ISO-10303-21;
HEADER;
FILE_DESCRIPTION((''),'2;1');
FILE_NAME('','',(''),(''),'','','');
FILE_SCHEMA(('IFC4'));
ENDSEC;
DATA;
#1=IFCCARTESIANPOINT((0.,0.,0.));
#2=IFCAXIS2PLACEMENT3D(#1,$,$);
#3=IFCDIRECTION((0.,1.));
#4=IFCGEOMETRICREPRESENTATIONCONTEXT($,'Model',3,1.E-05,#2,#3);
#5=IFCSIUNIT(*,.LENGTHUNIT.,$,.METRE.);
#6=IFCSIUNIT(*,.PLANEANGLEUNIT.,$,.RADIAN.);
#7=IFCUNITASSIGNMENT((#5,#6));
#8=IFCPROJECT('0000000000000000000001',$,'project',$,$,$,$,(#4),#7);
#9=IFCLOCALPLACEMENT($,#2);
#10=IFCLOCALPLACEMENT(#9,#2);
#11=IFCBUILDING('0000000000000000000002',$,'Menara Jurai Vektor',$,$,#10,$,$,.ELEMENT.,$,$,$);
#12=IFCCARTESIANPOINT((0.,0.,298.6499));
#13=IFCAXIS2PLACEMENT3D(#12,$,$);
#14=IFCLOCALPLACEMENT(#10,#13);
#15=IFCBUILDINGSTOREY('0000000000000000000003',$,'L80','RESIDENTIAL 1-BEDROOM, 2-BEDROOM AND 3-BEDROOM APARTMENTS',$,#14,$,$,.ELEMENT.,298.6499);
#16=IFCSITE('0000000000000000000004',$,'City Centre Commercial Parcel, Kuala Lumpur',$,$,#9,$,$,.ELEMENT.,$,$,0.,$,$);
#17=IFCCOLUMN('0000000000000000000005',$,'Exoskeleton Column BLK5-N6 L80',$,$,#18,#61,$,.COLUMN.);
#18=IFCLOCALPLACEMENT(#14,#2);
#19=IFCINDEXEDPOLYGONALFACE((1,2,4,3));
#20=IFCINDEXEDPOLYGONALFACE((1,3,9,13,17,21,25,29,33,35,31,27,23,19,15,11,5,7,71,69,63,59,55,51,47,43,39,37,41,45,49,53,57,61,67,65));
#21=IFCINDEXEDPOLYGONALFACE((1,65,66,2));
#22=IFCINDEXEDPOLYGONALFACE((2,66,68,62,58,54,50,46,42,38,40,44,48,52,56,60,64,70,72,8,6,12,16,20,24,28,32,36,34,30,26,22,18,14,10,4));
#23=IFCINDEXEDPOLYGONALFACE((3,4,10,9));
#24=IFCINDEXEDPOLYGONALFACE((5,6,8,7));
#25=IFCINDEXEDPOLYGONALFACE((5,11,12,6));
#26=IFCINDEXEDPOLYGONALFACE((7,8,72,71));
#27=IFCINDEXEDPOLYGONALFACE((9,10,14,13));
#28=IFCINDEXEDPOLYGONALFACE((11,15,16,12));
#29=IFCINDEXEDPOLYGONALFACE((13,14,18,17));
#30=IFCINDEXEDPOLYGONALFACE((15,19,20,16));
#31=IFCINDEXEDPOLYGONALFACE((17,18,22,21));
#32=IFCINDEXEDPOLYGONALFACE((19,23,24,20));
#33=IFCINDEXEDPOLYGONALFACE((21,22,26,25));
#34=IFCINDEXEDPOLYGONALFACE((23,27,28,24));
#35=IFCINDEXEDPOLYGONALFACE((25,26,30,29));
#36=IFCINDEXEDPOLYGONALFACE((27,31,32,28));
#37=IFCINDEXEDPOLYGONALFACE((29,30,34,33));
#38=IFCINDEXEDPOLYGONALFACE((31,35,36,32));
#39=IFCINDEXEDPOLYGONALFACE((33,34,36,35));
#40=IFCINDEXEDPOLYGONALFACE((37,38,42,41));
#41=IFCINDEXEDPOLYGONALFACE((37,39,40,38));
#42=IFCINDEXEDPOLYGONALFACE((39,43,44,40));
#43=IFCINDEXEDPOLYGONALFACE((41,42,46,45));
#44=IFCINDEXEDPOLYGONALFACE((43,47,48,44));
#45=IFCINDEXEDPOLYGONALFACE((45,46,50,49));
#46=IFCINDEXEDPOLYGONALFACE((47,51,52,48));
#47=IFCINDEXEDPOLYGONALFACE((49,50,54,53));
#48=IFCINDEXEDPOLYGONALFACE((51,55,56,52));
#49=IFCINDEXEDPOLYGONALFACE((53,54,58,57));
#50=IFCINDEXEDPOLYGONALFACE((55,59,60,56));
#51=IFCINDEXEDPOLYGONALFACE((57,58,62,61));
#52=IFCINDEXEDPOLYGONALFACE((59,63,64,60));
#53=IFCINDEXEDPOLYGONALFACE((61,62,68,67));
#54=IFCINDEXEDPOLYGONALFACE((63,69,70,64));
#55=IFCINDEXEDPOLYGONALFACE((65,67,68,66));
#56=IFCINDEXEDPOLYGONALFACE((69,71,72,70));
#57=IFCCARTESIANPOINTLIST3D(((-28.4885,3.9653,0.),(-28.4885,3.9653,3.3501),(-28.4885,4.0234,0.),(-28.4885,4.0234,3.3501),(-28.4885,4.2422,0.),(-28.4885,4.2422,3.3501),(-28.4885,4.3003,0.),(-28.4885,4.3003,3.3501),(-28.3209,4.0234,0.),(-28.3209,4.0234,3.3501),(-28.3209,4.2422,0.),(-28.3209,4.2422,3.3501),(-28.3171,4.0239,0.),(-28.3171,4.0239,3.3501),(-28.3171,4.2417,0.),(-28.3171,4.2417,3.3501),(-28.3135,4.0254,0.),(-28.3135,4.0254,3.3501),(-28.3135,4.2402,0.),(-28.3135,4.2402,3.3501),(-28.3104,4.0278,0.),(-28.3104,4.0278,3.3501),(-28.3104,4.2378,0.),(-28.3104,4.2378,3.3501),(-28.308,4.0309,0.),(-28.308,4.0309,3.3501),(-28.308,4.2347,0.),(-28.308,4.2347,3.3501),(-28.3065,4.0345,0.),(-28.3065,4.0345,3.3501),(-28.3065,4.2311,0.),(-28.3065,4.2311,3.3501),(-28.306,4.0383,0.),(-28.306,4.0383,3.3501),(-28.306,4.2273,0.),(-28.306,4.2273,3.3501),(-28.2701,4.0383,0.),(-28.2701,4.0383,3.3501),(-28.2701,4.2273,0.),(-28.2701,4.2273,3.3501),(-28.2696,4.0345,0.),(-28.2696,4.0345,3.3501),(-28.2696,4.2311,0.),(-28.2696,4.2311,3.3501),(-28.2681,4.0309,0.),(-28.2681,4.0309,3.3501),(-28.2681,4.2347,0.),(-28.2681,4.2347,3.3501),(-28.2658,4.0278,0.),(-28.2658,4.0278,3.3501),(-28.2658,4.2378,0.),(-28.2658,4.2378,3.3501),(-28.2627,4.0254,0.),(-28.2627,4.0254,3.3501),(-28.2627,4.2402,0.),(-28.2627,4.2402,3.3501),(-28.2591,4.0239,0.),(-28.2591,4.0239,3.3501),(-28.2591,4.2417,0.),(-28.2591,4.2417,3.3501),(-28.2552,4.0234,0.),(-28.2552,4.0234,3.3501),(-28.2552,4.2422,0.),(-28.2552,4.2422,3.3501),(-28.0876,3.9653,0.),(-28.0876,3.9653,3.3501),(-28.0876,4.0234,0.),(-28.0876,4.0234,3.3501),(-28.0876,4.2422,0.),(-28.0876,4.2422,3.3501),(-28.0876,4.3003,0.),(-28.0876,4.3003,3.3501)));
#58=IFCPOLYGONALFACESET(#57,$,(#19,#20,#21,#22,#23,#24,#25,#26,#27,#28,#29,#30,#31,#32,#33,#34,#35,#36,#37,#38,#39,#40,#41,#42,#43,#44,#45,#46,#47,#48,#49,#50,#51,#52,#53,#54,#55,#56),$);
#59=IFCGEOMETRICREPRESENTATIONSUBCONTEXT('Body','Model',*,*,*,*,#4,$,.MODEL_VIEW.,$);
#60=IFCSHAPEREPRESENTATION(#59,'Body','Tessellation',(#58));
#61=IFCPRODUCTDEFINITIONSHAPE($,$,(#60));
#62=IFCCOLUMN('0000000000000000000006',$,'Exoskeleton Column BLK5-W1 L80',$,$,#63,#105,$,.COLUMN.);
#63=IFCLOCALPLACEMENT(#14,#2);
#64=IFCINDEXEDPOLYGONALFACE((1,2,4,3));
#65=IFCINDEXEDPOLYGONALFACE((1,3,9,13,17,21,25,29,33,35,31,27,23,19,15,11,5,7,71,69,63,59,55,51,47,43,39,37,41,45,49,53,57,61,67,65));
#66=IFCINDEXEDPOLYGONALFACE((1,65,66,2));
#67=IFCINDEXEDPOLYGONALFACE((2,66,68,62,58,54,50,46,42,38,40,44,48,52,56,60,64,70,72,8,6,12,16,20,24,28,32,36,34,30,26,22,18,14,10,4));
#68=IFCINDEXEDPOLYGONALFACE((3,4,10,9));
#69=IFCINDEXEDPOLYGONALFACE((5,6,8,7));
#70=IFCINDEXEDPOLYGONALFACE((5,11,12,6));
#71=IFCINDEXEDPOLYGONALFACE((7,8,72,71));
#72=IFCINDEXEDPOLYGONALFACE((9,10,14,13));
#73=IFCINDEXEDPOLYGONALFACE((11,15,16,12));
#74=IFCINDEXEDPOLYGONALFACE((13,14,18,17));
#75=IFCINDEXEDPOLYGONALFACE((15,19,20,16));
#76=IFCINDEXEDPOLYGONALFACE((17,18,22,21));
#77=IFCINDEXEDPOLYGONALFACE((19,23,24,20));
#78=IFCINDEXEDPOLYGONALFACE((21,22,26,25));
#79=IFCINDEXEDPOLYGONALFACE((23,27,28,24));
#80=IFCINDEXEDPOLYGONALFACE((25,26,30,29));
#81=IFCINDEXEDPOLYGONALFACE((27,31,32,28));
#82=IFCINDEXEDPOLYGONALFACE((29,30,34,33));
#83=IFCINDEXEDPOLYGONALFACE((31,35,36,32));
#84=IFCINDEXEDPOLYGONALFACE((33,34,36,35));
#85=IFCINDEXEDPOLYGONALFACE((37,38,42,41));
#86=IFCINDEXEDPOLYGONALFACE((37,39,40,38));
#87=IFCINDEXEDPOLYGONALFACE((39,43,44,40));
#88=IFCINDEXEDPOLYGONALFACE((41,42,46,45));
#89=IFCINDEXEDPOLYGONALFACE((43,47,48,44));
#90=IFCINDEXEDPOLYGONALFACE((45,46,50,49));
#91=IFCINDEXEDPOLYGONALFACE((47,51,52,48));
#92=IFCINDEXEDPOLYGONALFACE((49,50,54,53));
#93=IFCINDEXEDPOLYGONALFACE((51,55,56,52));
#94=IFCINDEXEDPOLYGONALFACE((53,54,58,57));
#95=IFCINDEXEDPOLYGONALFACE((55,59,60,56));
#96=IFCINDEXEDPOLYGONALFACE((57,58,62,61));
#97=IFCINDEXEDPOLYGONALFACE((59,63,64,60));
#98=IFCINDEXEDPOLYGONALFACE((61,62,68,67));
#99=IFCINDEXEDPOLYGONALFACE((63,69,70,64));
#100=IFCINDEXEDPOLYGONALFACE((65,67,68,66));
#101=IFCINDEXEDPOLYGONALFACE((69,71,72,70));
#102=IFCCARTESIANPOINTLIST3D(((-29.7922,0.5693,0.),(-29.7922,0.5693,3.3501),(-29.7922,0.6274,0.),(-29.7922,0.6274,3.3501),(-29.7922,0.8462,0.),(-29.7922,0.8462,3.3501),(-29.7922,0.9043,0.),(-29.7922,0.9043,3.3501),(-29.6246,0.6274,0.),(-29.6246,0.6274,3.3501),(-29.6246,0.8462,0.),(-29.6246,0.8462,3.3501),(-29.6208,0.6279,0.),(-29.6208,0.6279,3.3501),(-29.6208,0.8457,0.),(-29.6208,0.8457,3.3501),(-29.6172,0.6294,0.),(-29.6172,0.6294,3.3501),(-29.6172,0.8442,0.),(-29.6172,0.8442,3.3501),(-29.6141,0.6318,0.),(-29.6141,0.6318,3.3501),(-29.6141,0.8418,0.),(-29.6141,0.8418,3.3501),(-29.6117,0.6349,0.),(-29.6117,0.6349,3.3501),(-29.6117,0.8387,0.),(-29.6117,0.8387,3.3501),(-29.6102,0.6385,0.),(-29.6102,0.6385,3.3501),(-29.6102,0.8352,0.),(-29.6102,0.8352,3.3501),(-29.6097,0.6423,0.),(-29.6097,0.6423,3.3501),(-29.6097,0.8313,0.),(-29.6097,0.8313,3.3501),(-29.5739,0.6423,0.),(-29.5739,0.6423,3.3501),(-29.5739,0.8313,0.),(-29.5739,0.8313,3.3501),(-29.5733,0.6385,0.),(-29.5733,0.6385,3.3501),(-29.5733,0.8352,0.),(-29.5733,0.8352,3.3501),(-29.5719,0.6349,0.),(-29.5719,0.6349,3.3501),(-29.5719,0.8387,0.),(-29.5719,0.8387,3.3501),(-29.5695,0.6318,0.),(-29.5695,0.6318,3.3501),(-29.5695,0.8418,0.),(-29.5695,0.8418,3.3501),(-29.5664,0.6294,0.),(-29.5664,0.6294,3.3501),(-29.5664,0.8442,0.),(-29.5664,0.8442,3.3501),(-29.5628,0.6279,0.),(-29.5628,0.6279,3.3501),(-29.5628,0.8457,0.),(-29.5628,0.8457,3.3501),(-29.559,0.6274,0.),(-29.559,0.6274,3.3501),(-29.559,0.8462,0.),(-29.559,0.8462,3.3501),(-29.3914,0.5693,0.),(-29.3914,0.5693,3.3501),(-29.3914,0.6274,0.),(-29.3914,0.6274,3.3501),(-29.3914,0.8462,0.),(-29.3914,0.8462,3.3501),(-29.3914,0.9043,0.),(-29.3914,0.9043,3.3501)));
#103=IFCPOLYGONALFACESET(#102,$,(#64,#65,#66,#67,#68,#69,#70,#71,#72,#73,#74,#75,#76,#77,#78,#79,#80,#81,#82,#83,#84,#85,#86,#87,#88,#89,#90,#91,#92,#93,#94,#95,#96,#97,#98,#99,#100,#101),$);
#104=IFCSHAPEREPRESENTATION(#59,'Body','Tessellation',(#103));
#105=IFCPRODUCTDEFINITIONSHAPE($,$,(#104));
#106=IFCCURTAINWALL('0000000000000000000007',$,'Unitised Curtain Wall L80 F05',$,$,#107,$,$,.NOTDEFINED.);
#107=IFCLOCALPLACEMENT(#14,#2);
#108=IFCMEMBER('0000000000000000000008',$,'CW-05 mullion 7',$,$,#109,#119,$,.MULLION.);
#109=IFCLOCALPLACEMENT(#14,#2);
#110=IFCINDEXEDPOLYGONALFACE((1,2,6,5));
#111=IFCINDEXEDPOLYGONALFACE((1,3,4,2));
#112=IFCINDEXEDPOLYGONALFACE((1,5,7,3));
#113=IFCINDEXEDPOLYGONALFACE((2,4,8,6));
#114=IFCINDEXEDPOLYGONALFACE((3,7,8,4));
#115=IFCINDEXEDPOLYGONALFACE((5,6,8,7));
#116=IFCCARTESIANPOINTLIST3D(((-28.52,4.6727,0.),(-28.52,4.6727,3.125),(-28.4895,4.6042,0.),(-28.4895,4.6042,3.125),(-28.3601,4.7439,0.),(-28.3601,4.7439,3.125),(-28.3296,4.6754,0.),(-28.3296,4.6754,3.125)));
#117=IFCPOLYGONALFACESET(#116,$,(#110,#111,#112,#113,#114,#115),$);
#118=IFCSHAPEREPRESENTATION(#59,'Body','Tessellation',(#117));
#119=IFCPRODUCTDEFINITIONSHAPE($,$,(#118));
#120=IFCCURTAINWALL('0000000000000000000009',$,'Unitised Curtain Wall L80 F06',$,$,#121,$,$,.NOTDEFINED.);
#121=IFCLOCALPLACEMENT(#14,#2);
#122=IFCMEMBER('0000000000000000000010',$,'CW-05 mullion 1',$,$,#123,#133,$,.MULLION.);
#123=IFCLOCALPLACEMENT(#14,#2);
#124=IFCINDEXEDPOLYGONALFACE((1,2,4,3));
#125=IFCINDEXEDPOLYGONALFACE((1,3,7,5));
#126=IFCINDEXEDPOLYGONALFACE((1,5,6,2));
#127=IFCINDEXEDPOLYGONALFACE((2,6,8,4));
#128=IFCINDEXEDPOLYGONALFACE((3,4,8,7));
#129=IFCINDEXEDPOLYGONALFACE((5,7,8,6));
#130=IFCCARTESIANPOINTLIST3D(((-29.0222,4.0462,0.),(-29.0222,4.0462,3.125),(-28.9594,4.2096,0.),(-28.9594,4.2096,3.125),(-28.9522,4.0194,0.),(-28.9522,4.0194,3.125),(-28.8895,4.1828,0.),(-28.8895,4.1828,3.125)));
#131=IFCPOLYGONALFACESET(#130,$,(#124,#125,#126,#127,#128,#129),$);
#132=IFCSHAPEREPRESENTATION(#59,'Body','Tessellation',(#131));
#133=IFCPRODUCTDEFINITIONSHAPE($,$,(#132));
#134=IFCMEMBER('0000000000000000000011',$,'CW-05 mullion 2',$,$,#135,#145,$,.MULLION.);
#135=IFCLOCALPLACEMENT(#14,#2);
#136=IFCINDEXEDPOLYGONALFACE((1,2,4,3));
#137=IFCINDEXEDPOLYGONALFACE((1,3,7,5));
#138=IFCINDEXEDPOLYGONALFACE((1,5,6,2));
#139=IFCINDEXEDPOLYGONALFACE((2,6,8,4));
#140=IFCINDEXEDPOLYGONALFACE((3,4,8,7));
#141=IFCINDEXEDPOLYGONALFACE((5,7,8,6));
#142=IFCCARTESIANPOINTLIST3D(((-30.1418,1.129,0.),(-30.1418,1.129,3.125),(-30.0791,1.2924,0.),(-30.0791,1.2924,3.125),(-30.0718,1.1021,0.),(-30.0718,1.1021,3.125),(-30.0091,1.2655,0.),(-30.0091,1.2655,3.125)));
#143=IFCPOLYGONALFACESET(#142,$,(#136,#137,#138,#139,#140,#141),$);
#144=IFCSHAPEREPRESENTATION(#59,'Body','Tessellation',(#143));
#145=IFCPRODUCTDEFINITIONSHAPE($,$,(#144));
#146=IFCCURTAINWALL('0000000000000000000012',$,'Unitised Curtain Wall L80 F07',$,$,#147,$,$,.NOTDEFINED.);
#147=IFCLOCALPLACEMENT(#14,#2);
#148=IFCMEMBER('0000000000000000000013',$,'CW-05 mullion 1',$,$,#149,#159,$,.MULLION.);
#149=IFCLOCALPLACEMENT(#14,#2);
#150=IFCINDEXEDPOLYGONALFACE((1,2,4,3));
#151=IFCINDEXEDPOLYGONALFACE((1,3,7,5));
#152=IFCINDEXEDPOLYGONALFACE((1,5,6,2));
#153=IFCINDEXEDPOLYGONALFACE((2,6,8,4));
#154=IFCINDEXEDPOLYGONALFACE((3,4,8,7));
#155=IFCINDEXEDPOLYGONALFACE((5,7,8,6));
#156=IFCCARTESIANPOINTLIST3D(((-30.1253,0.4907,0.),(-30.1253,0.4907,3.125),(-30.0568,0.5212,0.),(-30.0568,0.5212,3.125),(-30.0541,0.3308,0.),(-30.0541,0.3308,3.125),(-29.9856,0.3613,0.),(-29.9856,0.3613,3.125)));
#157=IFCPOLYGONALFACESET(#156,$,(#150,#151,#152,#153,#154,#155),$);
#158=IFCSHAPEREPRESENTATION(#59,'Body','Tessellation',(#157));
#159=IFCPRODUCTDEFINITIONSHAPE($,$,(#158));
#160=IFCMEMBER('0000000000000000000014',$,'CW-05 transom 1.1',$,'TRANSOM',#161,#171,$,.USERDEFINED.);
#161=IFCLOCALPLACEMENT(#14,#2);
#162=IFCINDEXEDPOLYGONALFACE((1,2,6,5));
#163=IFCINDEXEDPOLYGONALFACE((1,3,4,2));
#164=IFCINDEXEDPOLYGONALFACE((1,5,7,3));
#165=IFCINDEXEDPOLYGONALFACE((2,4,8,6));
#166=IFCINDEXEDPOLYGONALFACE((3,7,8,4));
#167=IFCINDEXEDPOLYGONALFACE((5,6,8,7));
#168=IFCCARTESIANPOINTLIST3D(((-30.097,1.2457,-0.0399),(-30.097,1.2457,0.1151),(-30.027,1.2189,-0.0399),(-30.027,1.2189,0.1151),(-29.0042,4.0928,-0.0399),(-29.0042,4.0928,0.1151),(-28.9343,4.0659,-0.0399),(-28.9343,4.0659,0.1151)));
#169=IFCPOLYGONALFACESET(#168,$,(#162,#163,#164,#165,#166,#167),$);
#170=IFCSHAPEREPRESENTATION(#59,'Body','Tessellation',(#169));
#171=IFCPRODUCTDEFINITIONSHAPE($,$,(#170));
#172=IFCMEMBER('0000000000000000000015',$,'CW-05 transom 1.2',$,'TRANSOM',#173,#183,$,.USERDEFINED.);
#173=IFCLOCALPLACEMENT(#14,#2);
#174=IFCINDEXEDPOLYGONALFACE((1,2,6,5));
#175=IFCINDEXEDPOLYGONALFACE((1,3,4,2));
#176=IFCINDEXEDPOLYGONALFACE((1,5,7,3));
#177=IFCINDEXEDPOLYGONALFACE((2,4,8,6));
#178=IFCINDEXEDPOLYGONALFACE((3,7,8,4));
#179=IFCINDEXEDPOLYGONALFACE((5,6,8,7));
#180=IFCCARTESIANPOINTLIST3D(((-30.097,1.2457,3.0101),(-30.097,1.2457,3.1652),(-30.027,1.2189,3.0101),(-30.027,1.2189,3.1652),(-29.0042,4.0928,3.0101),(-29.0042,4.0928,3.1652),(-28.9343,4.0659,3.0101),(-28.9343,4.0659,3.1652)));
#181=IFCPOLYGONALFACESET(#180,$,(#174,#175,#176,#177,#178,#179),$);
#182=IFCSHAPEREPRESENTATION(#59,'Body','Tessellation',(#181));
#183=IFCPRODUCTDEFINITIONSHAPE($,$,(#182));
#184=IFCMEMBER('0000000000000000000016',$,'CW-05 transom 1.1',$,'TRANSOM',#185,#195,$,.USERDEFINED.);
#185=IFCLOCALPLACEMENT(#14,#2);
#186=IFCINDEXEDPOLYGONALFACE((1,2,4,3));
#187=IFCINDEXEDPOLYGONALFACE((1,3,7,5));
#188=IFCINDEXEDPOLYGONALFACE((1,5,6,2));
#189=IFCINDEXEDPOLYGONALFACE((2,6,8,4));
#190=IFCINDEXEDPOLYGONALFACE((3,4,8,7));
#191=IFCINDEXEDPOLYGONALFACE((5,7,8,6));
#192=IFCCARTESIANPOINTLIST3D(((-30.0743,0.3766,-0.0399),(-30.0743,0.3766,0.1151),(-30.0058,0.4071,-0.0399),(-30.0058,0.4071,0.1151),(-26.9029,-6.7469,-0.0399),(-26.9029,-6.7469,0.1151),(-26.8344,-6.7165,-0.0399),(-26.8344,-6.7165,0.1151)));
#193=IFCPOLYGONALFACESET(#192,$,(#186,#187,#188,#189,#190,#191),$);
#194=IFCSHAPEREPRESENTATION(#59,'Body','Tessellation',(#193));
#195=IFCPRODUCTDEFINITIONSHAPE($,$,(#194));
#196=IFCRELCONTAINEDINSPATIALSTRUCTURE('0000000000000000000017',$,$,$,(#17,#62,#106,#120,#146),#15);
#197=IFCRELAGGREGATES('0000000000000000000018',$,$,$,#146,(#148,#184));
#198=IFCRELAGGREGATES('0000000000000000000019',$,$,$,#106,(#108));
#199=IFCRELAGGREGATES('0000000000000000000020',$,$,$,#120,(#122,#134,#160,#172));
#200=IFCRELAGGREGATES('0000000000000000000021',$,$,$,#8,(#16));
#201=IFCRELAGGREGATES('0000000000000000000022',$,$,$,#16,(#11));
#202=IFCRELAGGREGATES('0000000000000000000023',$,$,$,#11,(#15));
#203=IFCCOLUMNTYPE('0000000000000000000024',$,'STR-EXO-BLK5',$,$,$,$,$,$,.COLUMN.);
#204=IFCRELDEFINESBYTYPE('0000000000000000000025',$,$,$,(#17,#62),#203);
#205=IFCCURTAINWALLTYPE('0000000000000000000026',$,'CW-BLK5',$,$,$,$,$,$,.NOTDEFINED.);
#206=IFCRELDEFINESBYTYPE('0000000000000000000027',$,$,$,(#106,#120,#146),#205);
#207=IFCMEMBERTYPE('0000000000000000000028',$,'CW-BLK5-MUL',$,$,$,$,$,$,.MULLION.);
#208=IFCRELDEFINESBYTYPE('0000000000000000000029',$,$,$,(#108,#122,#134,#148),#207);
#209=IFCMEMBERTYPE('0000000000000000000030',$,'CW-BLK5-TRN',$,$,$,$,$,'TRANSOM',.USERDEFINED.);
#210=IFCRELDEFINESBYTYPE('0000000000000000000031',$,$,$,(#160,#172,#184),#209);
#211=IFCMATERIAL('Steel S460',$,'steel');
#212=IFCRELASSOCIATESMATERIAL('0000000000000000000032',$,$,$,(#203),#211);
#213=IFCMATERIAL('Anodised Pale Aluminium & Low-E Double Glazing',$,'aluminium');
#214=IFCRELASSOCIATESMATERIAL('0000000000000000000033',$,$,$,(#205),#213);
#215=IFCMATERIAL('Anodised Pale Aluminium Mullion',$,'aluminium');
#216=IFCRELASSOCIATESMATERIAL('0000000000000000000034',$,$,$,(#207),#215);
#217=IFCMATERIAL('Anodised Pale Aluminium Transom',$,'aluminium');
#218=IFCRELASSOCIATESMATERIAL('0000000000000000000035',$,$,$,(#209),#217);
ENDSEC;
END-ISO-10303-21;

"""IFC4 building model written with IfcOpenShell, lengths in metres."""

from ifc_helpers import new_model, si_unit, direction, frame, origin, origin_2d, place, context, subcontext, project, spatial, rectangle, i_section, extrude, material, material_profile, profile_set, type_object, element, aggregate, save


model = new_model("IFC4")

# Units and contexts
model_context = context("Model", 3, precision=1e-05, world=origin(), true_north=direction((0.0, 1.0)))
body_context = subcontext(model_context, "Body", "Model", "MODEL_VIEW")
ifc_project = project(units=[si_unit("LENGTHUNIT", "METRE"), si_unit("PLANEANGLEUNIT", "RADIAN")], contexts=[model_context])

# Site, building, storey
site_placement = place(None, origin())
site = spatial("IfcSite", under=ifc_project, at=site_placement, Name="City Centre Commercial Parcel, Kuala Lumpur", CompositionType="ELEMENT", RefElevation=0.0)
building_placement = place(site_placement, origin())
building = spatial("IfcBuilding", under=site, at=building_placement, Name="Menara Jurai Vektor", CompositionType="ELEMENT")
storey_placement = place(building_placement, frame((0.0, 0.0, 298.6499)))
storey = spatial("IfcBuildingStorey", under=building, at=storey_placement, Name="L80", Description="RESIDENTIAL 1-BEDROOM, 2-BEDROOM AND 3-BEDROOM APARTMENTS", CompositionType="ELEMENT", Elevation=298.6499)

# Columns
ifc_material_1 = material(Name="Steel S460", Category="steel")
ifc_material_profile_1 = material_profile(ifc_material_1, i_section(OverallWidth=0.4009, OverallDepth=0.335, WebThickness=0.0359, FlangeThickness=0.0581, FilletRadius=0.0149, at=origin_2d()), Name="HD 400x463")
ifc_profile_set_1 = profile_set([ifc_material_profile_1], Name="Steel S460")
column_type = type_object("IfcColumnType", Name="STR-EXO-BLK5", PredefinedType="COLUMN", material=ifc_profile_set_1)
for number, where, z_axis, x_axis, name in (
    (1, (-28.2881, 4.1328, 0.0), (0.0, 0.0, 1.0), (1.0, 0.0, 0.0), "Exoskeleton Column BLK5-N6 L80"),
    (2, (-29.5918, 0.7368, 0.0), (0.0, 0.0, 1.0), (1.0, 0.0, 0.0), "Exoskeleton Column BLK5-W1 L80"),
):
    element("IfcColumn", number, at=place(storey_placement, frame(where, z_axis=z_axis, x_axis=x_axis)), inside=storey, type_object=column_type, Name=name, PredefinedType="COLUMN", context=body_context, shape_type="SweptSolid", body=[
        extrude(i_section(OverallWidth=0.4009, OverallDepth=0.335, WebThickness=0.0359, FlangeThickness=0.0581, FilletRadius=0.0149, at=origin_2d()), origin(), (0.0, 0.0, 1.0), 3.3501),
    ])

# Curtain wall, member
ifc_material_2 = material(Name="Anodised Pale Aluminium & Low-E Double Glazing", Category="aluminium")
curtain_wall_type = type_object("IfcCurtainWallType", Name="CW-BLK5", PredefinedType="NOTDEFINED", material=ifc_material_2)
curtain_wall_1_placement = place(storey_placement, origin())
curtain_wall_1 = element("IfcCurtainWall", 3, at=curtain_wall_1_placement, inside=storey, type_object=curtain_wall_type, Name="Unitised Curtain Wall L80 F05", PredefinedType="NOTDEFINED")
ifc_material_3 = material(Name="Anodised Pale Aluminium Mullion", Category="aluminium")
ifc_material_profile_2 = material_profile(ifc_material_3, rectangle(XDim=0.075, YDim=0.175, at=origin_2d()), Name="ALU MUL 75x175")
ifc_profile_set_2 = profile_set([ifc_material_profile_2], Name="Anodised Pale Aluminium Mullion")
member_type_1 = type_object("IfcMemberType", Name="CW-BLK5-MUL", PredefinedType="MULLION", material=ifc_profile_set_2)
member_1_placement = place(storey_placement, frame((-28.4248, 4.6741, 0.0), z_axis=(0.0, 0.0, 1.0), x_axis=(0.406735, -0.913546, 0.0)))
member_1 = element("IfcMember", 4, at=member_1_placement, type_object=member_type_1, Name="CW-05 mullion 7", PredefinedType="MULLION", context=body_context, shape_type="SweptSolid", body=[
    extrude(rectangle(XDim=0.075, YDim=0.175, at=origin_2d()), origin(), (0.0, 0.0, 1.0), 3.125),
])

# Curtain wall, members
curtain_wall_2_placement = place(storey_placement, origin())
curtain_wall_2 = element("IfcCurtainWall", 5, at=curtain_wall_2_placement, inside=storey, type_object=curtain_wall_type, Name="Unitised Curtain Wall L80 F06", PredefinedType="NOTDEFINED")
member_2_placement = place(storey_placement, frame((-28.9558, 4.1145, 0.0), z_axis=(0.0, 0.0, 1.0), x_axis=(0.933578, -0.358374, 0.0)))
member_2 = element("IfcMember", 6, at=member_2_placement, type_object=member_type_1, Name="CW-05 mullion 1", PredefinedType="MULLION", context=body_context, shape_type="SweptSolid", body=[
    extrude(rectangle(XDim=0.075, YDim=0.175, at=origin_2d()), origin(), (0.0, 0.0, 1.0), 3.125),
])
member_3_placement = place(storey_placement, frame((-30.0754, 1.1973, 0.0), z_axis=(0.0, 0.0, 1.0), x_axis=(0.933578, -0.358374, 0.0)))
member_3 = element("IfcMember", 7, at=member_3_placement, type_object=member_type_1, Name="CW-05 mullion 2", PredefinedType="MULLION", context=body_context, shape_type="SweptSolid", body=[
    extrude(rectangle(XDim=0.075, YDim=0.175, at=origin_2d()), origin(), (0.0, 0.0, 1.0), 3.125),
])

# Curtain wall, member
curtain_wall_3_placement = place(storey_placement, origin())
curtain_wall_3 = element("IfcCurtainWall", 8, at=curtain_wall_3_placement, inside=storey, type_object=curtain_wall_type, Name="Unitised Curtain Wall L80 F07", PredefinedType="NOTDEFINED")
member_4_placement = place(storey_placement, frame((-30.0554, 0.426, 0.0), z_axis=(0.0, 0.0, 1.0), x_axis=(0.913546, 0.406735, 0.0)))
member_4 = element("IfcMember", 9, at=member_4_placement, type_object=member_type_1, Name="CW-05 mullion 1", PredefinedType="MULLION", context=body_context, shape_type="SweptSolid", body=[
    extrude(rectangle(XDim=0.075, YDim=0.175, at=origin_2d()), origin(), (0.0, 0.0, 1.0), 3.125),
])

# Members
ifc_material_4 = material(Name="Anodised Pale Aluminium Transom", Category="aluminium")
ifc_material_profile_3 = material_profile(ifc_material_4, rectangle(XDim=0.075, YDim=0.155, at=origin_2d()), Name="ALU TRN 75x155")
ifc_profile_set_3 = profile_set([ifc_material_profile_3], Name="Anodised Pale Aluminium Transom")
member_type_2 = type_object("IfcMemberType", Name="CW-BLK5-TRN", ElementType="TRANSOM", PredefinedType="USERDEFINED", material=ifc_profile_set_3)
member_5_placement = place(storey_placement, frame((-28.9692, 4.0793, 0.0376), z_axis=(-0.358325, -0.933597, 0.0), x_axis=(0.933597, -0.358325, 0.0)))
member_5 = element("IfcMember", 10, at=member_5_placement, type_object=member_type_2, Name="CW-05 transom 1.1", ObjectType="TRANSOM", PredefinedType="USERDEFINED", context=body_context, shape_type="SweptSolid", body=[
    extrude(rectangle(XDim=0.075, YDim=0.155, at=origin_2d()), origin(), (0.0, 0.0, 1.0), 3.0496),
])
member_6_placement = place(storey_placement, frame((-28.9692, 4.0793, 3.0876), z_axis=(-0.358325, -0.933597, 0.0), x_axis=(0.933597, -0.358325, 0.0)))
member_6 = element("IfcMember", 11, at=member_6_placement, type_object=member_type_2, Name="CW-05 transom 1.2", ObjectType="TRANSOM", PredefinedType="USERDEFINED", context=body_context, shape_type="SweptSolid", body=[
    extrude(rectangle(XDim=0.075, YDim=0.155, at=origin_2d()), origin(), (0.0, 0.0, 1.0), 3.0496),
])
member_7_placement = place(storey_placement, frame((-30.04, 0.3918, 0.0376), z_axis=(0.406714, -0.913556, 0.0), x_axis=(0.913556, 0.406714, 0.0)))
member_7 = element("IfcMember", 12, at=member_7_placement, type_object=member_type_2, Name="CW-05 transom 1.1", ObjectType="TRANSOM", PredefinedType="USERDEFINED", context=body_context, shape_type="SweptSolid", body=[
    extrude(rectangle(XDim=0.075, YDim=0.155, at=origin_2d()), origin(), (0.0, 0.0, 1.0), 7.7976),
])
aggregate(curtain_wall_3, [member_4, member_7])

aggregate(curtain_wall_1, [member_1])
aggregate(curtain_wall_2, [member_2, member_3, member_5, member_6])

save(model, "model.ifc")
